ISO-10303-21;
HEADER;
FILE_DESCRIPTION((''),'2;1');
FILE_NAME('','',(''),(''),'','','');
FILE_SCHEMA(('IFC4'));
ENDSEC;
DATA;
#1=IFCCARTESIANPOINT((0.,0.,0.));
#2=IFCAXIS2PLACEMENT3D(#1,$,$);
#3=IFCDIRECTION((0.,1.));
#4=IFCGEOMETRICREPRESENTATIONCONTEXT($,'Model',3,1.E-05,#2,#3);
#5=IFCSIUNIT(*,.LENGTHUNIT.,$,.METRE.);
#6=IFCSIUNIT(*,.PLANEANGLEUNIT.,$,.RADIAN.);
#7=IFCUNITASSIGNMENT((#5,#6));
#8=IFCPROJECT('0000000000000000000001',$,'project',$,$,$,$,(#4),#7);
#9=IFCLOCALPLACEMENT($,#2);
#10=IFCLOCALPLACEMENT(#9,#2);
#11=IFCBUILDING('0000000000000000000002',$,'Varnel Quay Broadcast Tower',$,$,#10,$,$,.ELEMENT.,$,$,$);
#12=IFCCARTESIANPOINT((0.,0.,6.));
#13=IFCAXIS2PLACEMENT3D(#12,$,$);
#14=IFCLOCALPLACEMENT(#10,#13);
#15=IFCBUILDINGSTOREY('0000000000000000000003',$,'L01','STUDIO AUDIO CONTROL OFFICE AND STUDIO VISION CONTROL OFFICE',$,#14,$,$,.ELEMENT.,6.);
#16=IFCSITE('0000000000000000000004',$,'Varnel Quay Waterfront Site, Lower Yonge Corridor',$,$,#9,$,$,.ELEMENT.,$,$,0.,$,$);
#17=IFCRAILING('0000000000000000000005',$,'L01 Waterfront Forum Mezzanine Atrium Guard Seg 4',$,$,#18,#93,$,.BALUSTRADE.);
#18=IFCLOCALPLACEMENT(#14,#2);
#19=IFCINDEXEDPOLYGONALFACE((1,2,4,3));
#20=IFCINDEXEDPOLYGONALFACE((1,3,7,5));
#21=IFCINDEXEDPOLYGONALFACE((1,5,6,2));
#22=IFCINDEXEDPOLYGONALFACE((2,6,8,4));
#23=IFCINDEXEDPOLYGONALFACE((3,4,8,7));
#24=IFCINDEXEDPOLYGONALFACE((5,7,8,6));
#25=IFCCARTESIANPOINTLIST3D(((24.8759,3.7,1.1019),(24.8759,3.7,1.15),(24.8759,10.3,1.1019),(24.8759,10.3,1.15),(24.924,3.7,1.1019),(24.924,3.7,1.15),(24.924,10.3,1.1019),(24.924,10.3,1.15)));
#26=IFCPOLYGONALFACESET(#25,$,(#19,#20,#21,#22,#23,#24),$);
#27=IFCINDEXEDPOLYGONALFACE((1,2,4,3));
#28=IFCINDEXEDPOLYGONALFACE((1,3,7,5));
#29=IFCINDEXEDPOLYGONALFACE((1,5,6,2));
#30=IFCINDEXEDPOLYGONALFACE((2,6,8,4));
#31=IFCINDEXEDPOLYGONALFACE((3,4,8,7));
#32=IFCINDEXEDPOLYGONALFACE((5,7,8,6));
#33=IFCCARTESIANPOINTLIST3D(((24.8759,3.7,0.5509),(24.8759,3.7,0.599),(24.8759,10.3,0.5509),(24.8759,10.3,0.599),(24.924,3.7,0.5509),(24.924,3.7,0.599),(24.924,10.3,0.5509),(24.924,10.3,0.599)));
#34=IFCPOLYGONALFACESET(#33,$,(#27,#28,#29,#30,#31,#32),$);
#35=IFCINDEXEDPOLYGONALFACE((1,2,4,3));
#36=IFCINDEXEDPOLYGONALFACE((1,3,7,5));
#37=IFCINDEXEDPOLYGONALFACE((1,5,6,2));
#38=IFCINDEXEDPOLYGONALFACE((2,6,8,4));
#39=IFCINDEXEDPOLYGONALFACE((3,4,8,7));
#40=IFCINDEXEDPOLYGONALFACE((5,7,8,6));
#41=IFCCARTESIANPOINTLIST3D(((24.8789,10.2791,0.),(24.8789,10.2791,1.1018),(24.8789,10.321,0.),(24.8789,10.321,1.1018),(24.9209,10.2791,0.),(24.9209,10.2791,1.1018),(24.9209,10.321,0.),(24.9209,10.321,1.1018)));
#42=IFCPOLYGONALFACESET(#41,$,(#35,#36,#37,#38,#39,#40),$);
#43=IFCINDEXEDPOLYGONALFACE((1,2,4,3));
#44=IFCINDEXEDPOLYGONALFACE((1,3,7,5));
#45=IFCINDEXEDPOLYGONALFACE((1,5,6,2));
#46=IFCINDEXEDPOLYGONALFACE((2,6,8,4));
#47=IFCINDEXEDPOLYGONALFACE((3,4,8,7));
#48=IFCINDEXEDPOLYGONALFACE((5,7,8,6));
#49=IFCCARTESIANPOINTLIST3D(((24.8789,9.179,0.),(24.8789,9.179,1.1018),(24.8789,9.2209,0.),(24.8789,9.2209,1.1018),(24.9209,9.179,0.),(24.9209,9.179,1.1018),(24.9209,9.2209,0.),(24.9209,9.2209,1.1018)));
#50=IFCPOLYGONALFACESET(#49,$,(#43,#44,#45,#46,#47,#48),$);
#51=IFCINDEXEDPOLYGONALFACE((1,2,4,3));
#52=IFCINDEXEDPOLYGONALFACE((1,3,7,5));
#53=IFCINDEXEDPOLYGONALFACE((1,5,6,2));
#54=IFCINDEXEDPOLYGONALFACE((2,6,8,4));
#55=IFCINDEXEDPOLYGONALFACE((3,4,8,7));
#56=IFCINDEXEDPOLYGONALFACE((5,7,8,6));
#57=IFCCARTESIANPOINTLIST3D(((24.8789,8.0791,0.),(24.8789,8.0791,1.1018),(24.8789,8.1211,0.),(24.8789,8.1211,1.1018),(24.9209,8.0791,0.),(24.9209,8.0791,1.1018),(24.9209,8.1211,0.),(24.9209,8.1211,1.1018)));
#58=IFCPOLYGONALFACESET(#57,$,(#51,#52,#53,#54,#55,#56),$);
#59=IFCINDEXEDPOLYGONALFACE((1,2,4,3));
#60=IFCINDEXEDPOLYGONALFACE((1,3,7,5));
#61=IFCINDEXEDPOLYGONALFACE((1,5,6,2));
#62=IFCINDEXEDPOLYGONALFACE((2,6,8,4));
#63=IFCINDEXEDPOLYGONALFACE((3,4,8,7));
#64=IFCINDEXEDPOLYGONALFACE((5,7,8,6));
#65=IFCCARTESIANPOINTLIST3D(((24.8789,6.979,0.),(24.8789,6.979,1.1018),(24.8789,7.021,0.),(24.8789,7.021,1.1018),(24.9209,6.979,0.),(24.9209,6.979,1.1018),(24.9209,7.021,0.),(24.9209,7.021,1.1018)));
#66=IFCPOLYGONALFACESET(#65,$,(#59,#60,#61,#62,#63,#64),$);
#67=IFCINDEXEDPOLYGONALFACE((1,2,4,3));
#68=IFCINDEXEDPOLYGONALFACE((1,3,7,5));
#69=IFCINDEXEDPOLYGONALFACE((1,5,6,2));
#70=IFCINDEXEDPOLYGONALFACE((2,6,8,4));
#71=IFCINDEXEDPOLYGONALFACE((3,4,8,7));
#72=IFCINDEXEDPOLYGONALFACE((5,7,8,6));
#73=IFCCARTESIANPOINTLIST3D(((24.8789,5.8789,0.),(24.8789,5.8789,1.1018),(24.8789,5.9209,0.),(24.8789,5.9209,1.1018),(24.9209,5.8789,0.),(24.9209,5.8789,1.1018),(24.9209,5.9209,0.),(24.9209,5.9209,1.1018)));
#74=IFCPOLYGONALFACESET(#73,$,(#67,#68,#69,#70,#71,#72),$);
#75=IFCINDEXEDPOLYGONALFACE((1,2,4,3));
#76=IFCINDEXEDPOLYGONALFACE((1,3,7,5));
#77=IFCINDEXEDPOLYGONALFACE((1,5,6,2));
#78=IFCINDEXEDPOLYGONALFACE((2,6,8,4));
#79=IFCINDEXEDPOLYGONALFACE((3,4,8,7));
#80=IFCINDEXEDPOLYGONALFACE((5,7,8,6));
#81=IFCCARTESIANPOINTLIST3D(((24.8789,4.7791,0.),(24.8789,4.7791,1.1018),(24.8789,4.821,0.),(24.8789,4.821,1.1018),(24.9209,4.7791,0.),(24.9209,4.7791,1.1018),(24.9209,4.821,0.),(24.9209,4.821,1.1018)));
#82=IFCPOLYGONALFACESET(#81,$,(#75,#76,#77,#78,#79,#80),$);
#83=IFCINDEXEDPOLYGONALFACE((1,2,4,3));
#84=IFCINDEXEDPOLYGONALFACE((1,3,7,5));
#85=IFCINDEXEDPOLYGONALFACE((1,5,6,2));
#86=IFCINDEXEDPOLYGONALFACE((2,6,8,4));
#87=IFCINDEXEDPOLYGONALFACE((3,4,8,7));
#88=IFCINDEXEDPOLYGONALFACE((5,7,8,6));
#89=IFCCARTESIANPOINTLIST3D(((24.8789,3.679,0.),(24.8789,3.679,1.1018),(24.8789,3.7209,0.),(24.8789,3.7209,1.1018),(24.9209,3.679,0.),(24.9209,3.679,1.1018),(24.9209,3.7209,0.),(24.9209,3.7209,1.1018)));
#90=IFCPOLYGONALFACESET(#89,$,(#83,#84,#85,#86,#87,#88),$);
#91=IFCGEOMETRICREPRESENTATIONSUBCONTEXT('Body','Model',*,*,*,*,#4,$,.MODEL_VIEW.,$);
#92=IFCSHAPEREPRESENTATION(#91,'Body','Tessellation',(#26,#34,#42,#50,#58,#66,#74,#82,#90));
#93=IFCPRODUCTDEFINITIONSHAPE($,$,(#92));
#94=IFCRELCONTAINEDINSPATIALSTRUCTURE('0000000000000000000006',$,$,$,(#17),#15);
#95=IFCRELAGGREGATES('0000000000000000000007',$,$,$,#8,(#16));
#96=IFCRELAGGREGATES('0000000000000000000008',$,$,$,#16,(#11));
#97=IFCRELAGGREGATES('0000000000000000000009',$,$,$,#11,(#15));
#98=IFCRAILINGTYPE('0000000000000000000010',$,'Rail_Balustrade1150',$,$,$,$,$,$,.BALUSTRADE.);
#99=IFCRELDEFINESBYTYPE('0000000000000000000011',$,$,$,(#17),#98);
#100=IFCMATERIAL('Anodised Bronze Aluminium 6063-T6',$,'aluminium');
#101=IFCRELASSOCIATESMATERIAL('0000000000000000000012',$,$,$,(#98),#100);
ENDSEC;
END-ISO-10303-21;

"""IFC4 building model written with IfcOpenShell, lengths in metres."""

from ifc_helpers import new_model, si_unit, direction, frame, origin, origin_2d, place, context, subcontext, project, spatial, rectangle, extrude, material, type_object, element, save


model = new_model("IFC4")

# Units and contexts
model_context = context("Model", 3, precision=1e-05, world=origin(), true_north=direction((0.0, 1.0)))
body_context = subcontext(model_context, "Body", "Model", "MODEL_VIEW")
ifc_project = project(units=[si_unit("LENGTHUNIT", "METRE"), si_unit("PLANEANGLEUNIT", "RADIAN")], contexts=[model_context])

# Site, building, storey
site_placement = place(None, origin())
site = spatial("IfcSite", under=ifc_project, at=site_placement, Name="Varnel Quay Waterfront Site, Lower Yonge Corridor", CompositionType="ELEMENT", RefElevation=0.0)
building_placement = place(site_placement, origin())
building = spatial("IfcBuilding", under=site, at=building_placement, Name="Varnel Quay Broadcast Tower", CompositionType="ELEMENT")
storey_placement = place(building_placement, frame((0.0, 0.0, 6.0)))
storey = spatial("IfcBuildingStorey", under=building, at=storey_placement, Name="L01", Description="STUDIO AUDIO CONTROL OFFICE AND STUDIO VISION CONTROL OFFICE", CompositionType="ELEMENT", Elevation=6.0)

# Railing
ifc_material_1 = material(Name="Anodised Bronze Aluminium 6063-T6", Category="aluminium")
railing_type = type_object("IfcRailingType", Name="Rail_Balustrade1150", PredefinedType="BALUSTRADE", material=ifc_material_1)
railing_1_placement = place(storey_placement, frame((24.8999, 10.3, 0.0)))
element("IfcRailing", 1, at=railing_1_placement, inside=storey, type_object=railing_type, Name="L01 Waterfront Forum Mezzanine Atrium Guard Seg 4", PredefinedType="BALUSTRADE", context=body_context, shape_type="SweptSolid", body=[
    extrude(rectangle(XDim=0.0481, YDim=0.0481, at=origin_2d()), frame((0.0, 0.0, 1.126), z_axis=(0.0, -1.0, 0.0), x_axis=(1.0, 0.0, 0.0)), (0.0, 0.0, 1.0), 6.6001),
    extrude(rectangle(XDim=0.0481, YDim=0.0481, at=origin_2d()), frame((0.0, 0.0, 0.575), z_axis=(0.0, -1.0, 0.0), x_axis=(1.0, 0.0, 0.0)), (0.0, 0.0, 1.0), 6.6001),
    extrude(rectangle(XDim=0.042, YDim=0.042, at=origin_2d()), origin(), (0.0, 0.0, 1.0), 1.1018),
    extrude(rectangle(XDim=0.042, YDim=0.042, at=origin_2d()), frame((0.0, -1.1001, 0.0)), (0.0, 0.0, 1.0), 1.1018),
    extrude(rectangle(XDim=0.042, YDim=0.042, at=origin_2d()), frame((0.0, -2.2, 0.0)), (0.0, 0.0, 1.0), 1.1018),
    extrude(rectangle(XDim=0.042, YDim=0.042, at=origin_2d()), frame((0.0, -3.3, 0.0)), (0.0, 0.0, 1.0), 1.1018),
    extrude(rectangle(XDim=0.042, YDim=0.042, at=origin_2d()), frame((0.0, -4.4001, 0.0)), (0.0, 0.0, 1.0), 1.1018),
    extrude(rectangle(XDim=0.042, YDim=0.042, at=origin_2d()), frame((0.0, -5.5, 0.0)), (0.0, 0.0, 1.0), 1.1018),
    extrude(rectangle(XDim=0.042, YDim=0.042, at=origin_2d()), frame((0.0, -6.6001, 0.0)), (0.0, 0.0, 1.0), 1.1018),
])

save(model, "model.ifc")
